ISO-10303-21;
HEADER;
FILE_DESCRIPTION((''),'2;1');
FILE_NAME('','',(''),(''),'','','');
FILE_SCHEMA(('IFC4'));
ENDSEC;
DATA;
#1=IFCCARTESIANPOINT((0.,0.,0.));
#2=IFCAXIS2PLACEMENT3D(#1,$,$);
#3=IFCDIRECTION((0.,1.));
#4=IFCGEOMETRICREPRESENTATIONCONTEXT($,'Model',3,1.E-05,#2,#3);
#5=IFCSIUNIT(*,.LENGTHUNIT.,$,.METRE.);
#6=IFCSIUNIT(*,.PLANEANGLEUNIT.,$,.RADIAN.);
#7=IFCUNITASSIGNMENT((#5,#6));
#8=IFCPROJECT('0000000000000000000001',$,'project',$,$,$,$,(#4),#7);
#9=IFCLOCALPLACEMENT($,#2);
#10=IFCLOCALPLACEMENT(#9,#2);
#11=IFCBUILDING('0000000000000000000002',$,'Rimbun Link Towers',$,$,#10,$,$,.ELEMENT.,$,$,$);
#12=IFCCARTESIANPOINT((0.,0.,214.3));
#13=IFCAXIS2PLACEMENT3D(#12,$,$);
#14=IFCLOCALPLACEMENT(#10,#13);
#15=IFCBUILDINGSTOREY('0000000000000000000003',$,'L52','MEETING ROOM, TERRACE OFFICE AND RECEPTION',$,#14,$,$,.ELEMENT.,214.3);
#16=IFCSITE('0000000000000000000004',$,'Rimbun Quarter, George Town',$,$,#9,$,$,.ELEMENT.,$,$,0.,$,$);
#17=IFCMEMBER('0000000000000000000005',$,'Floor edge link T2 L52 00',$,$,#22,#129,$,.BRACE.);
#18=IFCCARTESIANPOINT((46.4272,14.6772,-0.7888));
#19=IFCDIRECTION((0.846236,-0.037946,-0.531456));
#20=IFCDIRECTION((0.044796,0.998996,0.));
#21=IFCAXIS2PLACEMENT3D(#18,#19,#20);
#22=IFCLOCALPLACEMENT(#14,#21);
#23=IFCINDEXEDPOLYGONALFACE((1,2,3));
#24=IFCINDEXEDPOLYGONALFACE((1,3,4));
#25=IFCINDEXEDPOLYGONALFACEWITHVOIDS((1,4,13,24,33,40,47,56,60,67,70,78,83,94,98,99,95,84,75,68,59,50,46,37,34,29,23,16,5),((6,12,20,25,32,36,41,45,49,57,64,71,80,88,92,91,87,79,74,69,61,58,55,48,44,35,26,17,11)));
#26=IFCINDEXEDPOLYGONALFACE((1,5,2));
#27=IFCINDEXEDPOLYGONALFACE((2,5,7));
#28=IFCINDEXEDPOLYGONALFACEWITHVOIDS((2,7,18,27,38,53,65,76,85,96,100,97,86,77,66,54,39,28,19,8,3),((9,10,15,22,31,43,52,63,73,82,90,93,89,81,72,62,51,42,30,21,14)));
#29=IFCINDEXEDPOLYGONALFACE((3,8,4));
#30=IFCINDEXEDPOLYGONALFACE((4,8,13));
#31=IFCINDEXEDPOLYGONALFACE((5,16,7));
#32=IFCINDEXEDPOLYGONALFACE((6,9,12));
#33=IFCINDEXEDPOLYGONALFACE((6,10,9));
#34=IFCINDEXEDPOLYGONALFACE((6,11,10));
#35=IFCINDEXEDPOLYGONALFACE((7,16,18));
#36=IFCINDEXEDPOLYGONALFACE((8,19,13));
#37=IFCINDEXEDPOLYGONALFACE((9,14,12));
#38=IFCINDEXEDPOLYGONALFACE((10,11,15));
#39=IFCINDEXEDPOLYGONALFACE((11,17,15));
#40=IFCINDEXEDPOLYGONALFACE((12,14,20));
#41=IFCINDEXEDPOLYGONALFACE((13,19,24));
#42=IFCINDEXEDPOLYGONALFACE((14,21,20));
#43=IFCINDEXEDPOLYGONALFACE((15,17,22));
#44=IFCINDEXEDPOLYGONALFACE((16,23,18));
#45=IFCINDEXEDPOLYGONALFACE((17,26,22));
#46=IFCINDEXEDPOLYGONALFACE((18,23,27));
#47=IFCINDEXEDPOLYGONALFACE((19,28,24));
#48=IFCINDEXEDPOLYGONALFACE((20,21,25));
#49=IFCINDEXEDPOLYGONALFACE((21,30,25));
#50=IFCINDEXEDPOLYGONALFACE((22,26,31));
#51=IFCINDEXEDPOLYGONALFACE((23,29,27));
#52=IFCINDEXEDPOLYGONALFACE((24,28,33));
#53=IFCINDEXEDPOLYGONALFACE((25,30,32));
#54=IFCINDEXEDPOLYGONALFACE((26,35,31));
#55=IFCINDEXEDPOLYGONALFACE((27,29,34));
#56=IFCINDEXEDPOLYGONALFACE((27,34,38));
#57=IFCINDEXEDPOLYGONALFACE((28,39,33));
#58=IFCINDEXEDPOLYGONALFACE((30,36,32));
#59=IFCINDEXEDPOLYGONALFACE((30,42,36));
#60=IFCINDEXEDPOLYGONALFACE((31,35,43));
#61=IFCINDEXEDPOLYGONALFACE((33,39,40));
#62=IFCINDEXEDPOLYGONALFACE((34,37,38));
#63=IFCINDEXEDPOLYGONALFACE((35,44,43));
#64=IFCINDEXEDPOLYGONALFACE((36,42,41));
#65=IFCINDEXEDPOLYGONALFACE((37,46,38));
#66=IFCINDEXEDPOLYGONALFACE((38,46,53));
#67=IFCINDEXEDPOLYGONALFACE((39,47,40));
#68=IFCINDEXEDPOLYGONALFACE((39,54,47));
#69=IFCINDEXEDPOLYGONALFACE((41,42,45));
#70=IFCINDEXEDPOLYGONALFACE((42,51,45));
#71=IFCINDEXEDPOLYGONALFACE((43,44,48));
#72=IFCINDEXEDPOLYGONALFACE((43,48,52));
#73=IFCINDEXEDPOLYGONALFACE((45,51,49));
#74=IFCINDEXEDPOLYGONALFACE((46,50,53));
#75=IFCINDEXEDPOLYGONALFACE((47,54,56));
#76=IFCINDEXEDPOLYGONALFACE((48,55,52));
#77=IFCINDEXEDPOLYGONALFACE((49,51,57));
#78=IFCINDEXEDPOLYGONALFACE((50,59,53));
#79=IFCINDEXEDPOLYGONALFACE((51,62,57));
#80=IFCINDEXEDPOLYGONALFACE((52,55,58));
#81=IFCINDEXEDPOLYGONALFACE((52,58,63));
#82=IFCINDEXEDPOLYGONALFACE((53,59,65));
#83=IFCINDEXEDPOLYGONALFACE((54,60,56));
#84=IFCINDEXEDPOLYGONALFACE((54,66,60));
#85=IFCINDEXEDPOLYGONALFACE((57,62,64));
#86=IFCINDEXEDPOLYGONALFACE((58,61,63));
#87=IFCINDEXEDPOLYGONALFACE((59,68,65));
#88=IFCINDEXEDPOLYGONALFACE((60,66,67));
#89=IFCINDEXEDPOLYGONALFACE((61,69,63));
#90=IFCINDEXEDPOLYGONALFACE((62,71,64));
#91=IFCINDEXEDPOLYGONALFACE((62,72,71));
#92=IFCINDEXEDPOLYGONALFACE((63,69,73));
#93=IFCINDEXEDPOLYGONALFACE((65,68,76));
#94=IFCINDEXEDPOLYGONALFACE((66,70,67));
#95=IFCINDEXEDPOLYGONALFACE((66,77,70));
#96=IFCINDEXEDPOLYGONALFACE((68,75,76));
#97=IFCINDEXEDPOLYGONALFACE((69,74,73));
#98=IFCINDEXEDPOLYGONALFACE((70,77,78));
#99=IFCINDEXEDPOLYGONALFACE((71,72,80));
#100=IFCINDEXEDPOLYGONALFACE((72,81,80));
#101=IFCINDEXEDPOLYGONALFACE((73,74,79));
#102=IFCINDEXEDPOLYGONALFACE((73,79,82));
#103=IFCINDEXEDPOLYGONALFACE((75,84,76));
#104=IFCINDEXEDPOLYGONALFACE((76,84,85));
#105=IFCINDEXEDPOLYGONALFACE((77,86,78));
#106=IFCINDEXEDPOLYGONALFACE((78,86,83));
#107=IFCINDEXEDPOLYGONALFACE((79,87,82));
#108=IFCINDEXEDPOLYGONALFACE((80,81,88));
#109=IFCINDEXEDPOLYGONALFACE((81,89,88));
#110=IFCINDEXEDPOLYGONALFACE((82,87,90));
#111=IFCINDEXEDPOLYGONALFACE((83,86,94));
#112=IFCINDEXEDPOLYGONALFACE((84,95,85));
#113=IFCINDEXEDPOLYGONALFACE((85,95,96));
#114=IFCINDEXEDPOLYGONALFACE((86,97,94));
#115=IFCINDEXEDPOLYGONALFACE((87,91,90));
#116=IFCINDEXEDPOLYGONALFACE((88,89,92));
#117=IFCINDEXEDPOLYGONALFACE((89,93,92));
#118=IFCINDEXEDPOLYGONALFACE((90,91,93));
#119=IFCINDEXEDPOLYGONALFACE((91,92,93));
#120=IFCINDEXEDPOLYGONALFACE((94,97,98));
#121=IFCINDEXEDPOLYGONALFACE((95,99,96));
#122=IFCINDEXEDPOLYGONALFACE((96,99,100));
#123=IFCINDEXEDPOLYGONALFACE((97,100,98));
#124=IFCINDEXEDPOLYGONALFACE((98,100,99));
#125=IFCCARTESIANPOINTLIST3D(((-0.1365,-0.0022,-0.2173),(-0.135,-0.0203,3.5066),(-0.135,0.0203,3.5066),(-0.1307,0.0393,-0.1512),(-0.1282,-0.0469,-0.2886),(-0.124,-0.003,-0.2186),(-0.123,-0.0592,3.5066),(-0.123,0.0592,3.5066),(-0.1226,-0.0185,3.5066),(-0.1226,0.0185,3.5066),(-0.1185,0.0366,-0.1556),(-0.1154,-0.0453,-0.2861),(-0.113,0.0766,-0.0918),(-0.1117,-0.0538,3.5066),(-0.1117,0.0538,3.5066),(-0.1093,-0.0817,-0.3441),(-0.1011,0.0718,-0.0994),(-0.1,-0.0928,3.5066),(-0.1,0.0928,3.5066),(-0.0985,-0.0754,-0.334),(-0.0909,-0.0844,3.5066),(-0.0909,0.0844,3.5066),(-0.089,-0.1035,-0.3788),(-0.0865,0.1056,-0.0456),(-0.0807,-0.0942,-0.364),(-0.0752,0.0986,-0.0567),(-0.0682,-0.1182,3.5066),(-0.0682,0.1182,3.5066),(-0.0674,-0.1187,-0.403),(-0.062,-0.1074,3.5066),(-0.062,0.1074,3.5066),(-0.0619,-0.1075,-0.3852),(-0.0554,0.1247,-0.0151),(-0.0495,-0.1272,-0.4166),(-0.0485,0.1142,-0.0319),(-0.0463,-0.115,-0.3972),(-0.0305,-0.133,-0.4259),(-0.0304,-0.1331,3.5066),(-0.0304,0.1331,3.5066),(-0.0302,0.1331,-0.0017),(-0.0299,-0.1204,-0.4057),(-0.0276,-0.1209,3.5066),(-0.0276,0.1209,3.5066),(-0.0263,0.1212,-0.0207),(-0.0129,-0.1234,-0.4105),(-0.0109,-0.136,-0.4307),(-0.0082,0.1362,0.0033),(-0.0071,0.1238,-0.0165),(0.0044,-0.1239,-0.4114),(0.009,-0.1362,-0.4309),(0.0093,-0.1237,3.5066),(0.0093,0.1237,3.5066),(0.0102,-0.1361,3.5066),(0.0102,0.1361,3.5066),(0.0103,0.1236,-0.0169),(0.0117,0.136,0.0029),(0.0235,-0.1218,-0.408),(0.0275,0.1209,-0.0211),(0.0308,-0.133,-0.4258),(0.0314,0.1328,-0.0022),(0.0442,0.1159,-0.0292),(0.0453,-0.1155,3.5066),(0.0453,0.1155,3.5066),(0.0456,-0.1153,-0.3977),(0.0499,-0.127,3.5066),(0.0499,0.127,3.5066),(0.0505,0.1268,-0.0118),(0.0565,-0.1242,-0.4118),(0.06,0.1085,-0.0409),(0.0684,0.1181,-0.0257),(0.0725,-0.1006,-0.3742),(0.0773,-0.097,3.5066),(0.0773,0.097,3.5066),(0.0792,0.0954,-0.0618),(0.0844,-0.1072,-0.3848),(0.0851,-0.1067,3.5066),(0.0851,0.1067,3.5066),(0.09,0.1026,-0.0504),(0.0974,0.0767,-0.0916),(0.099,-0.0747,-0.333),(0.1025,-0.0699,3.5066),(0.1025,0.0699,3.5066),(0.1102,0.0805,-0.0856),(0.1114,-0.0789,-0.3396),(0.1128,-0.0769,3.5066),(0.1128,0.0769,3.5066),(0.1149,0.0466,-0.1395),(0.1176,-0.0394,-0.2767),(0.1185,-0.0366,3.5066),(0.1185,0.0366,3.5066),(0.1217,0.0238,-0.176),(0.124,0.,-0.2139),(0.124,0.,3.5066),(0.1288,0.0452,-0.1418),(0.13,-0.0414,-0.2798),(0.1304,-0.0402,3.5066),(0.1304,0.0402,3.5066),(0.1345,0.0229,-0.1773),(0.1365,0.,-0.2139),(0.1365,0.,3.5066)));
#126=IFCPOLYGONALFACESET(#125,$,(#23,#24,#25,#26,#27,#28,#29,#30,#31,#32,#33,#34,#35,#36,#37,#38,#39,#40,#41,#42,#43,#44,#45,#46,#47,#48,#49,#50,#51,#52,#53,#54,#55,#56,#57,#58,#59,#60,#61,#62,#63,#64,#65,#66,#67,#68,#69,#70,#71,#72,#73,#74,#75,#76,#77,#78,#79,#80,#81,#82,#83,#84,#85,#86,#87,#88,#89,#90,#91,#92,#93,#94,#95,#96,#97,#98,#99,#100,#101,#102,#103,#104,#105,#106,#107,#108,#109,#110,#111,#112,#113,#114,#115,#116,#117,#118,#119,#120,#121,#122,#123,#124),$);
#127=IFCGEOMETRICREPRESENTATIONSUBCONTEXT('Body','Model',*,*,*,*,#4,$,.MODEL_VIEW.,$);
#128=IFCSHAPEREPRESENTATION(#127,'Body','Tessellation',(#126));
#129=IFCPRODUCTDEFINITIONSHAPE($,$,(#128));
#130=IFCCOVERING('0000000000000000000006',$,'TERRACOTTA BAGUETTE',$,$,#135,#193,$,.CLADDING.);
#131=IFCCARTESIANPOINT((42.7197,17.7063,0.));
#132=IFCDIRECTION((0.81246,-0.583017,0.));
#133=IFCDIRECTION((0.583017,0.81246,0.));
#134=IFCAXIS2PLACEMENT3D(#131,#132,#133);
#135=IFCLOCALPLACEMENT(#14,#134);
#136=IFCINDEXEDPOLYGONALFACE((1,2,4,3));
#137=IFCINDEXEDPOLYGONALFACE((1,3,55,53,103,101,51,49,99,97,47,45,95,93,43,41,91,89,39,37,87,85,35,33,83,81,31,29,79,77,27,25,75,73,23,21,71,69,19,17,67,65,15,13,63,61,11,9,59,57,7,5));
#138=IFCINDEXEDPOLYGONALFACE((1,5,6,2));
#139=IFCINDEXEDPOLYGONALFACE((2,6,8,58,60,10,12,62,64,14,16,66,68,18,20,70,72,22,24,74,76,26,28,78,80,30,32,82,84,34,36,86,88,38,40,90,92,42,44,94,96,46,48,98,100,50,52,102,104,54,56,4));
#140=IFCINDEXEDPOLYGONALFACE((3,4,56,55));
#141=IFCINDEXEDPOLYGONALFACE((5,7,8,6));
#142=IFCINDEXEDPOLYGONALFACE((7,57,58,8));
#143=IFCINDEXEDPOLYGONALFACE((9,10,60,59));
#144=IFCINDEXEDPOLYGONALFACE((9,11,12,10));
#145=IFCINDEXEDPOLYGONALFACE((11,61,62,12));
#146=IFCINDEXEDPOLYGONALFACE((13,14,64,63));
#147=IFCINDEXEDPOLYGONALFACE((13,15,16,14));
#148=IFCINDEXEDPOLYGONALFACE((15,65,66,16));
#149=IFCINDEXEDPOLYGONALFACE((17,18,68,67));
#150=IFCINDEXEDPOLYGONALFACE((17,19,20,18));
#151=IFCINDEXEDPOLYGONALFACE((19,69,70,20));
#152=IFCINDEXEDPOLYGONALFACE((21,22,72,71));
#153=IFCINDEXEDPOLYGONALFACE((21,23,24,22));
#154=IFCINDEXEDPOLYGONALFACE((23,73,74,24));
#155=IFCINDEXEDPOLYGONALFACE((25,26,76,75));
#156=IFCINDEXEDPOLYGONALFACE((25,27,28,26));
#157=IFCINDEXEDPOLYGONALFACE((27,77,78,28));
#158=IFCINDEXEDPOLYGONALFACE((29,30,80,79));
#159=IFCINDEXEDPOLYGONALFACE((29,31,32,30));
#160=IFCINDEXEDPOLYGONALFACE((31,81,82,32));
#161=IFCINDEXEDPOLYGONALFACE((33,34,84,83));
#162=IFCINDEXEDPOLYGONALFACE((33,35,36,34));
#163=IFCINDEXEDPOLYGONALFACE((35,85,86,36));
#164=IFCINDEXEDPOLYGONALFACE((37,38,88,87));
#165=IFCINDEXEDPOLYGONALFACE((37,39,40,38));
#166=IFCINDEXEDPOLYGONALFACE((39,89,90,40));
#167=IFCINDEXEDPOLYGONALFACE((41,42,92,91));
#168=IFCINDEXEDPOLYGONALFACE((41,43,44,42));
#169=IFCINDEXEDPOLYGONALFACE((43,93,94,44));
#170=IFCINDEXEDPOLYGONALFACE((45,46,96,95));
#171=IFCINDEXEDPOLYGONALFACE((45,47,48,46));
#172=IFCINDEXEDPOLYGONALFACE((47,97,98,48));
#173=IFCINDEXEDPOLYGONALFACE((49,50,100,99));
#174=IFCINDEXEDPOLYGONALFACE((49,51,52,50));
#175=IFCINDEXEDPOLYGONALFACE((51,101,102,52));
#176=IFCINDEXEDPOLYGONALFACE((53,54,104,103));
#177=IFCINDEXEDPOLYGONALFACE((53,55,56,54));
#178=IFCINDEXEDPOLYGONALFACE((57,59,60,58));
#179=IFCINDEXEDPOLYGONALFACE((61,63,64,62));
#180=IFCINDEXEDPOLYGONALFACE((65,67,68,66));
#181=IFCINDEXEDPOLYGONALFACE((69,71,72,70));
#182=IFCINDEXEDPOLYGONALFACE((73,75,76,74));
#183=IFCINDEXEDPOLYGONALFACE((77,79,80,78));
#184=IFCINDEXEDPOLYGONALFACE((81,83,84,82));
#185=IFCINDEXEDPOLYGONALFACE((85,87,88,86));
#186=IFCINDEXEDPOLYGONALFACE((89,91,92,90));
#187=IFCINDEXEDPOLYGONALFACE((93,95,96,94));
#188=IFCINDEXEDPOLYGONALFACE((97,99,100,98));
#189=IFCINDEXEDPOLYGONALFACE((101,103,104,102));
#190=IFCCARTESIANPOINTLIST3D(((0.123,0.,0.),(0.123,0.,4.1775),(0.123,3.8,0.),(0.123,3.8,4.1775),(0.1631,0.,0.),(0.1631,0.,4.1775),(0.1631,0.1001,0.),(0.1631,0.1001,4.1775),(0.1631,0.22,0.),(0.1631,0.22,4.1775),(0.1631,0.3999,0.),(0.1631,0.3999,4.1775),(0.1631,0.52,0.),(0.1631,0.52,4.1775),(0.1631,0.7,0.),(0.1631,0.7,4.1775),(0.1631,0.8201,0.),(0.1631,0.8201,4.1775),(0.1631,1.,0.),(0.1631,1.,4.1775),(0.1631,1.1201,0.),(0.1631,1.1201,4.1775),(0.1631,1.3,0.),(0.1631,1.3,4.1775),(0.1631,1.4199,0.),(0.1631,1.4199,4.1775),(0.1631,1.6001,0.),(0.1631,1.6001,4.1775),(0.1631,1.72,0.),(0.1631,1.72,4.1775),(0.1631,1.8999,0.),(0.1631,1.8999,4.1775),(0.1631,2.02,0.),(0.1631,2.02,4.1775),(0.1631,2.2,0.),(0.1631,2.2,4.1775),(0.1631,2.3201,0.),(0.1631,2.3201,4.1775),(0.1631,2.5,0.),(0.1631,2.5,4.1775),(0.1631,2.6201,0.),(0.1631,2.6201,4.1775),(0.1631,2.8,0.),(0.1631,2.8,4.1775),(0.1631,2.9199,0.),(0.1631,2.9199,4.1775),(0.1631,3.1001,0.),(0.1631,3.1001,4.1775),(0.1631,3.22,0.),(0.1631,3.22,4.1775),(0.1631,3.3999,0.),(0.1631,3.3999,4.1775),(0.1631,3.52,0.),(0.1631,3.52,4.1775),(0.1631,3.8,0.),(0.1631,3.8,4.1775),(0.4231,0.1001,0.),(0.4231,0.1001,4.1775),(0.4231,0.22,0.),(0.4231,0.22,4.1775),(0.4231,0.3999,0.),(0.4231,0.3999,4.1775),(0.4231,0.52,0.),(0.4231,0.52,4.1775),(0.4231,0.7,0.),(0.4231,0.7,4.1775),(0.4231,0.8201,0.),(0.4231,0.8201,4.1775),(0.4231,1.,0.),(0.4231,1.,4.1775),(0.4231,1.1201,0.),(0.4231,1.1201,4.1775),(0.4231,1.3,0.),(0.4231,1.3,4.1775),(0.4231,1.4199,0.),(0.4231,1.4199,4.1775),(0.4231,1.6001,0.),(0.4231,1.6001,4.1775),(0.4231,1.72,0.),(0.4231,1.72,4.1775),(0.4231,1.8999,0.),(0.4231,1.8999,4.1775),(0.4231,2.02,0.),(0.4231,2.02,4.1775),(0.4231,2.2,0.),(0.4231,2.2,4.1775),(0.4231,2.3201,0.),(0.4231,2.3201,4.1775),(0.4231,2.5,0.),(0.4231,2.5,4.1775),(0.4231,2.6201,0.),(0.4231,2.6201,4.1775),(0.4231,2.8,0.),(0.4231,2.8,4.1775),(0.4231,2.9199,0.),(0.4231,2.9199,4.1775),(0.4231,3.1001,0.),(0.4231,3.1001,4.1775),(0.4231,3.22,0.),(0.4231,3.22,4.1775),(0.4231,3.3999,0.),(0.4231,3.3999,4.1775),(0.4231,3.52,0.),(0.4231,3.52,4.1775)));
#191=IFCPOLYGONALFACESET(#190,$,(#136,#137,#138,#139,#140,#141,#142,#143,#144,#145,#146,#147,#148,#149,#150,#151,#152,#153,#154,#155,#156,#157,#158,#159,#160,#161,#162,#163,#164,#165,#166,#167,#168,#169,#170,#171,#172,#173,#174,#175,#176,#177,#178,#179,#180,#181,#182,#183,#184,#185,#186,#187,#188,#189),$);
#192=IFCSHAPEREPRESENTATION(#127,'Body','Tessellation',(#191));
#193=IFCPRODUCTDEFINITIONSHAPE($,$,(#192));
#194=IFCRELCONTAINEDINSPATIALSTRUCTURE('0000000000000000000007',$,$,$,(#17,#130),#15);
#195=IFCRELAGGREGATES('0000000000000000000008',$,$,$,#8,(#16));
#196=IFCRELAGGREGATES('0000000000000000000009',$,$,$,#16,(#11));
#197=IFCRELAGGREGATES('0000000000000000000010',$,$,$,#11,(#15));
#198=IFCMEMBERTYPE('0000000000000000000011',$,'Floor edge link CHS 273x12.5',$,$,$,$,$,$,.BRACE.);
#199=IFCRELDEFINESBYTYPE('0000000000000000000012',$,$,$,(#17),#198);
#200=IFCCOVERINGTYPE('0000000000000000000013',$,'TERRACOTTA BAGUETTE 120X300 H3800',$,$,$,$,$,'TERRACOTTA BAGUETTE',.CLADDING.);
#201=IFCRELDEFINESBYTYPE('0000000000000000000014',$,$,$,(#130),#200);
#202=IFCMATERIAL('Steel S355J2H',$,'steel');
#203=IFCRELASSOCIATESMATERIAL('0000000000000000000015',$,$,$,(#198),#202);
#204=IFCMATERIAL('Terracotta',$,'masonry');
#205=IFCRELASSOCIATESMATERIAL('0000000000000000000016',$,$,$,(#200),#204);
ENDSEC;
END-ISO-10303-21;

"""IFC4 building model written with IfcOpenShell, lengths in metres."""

from ifc_helpers import new_model, si_unit, direction, frame, origin, origin_2d, place, context, subcontext, project, spatial, polyline, hollow_circle, outline, extrude, clip, halfspace, material, material_profile, profile_set, type_object, element, save


model = new_model("IFC4")

# Units and contexts
model_context = context("Model", 3, precision=1e-05, world=origin(), true_north=direction((0.0, 1.0)))
body_context = subcontext(model_context, "Body", "Model", "MODEL_VIEW")
ifc_project = project(units=[si_unit("LENGTHUNIT", "METRE"), si_unit("PLANEANGLEUNIT", "RADIAN")], contexts=[model_context])

# Site, building, storey
site_placement = place(None, origin())
site = spatial("IfcSite", under=ifc_project, at=site_placement, Name="Rimbun Quarter, George Town", CompositionType="ELEMENT", RefElevation=0.0)
building_placement = place(site_placement, origin())
building = spatial("IfcBuilding", under=site, at=building_placement, Name="Rimbun Link Towers", CompositionType="ELEMENT")
storey_placement = place(building_placement, frame((0.0, 0.0, 214.3)))
storey = spatial("IfcBuildingStorey", under=building, at=storey_placement, Name="L52", Description="MEETING ROOM, TERRACE OFFICE AND RECEPTION", CompositionType="ELEMENT", Elevation=214.3)

# Member
ifc_material_1 = material(Name="Steel S355J2H", Category="steel")
ifc_material_profile_1 = material_profile(ifc_material_1, hollow_circle(Radius=0.1365, WallThickness=0.0125, at=origin_2d()), Name="CHS 273x12.5")
ifc_profile_set_1 = profile_set([ifc_material_profile_1], Name="Steel S355J2H")
member_type_1 = type_object("IfcMemberType", Name="Floor edge link CHS 273x12.5", PredefinedType="BRACE", material=ifc_profile_set_1)
member_1_placement = place(storey_placement, frame((46.4272, 14.6772, -0.7888), z_axis=(0.846236, -0.037946, -0.531456), x_axis=(0.044796, 0.998996, 0.0)))
element("IfcMember", 1, at=member_1_placement, inside=storey, type_object=member_type_1, Name="Floor edge link T2 L52 00", PredefinedType="BRACE", context=body_context, shape_type="Clipping", body=[
    clip(extrude(hollow_circle(Radius=0.1365, WallThickness=0.0125, at=origin_2d()), frame((0.0, 0.0, -0.4539)), (0.0, 0.0, 1.0), 3.9604), halfspace(frame((0.0, 0.0, -0.2139), z_axis=(0.0, 0.847086, -0.531456)), False)),
])

# Covering
ifc_material_2 = material(Name="Terracotta", Category="masonry")
ifc_material_profile_2 = material_profile(ifc_material_2, outline(polyline([(0.123, 0.0), (0.1631, 0.0), (0.1631, 0.1001), (0.4231, 0.1001), (0.4231, 0.22), (0.1631, 0.22), (0.1631, 0.3999), (0.4231, 0.3999), (0.4231, 0.52), (0.1631, 0.52), (0.1631, 0.7), (0.4231, 0.7), (0.4231, 0.8201), (0.1631, 0.8201), (0.1631, 1.0), (0.4231, 1.0), (0.4231, 1.1201), (0.1631, 1.1201), (0.1631, 1.3), (0.4231, 1.3), (0.4231, 1.4199), (0.1631, 1.4199), (0.1631, 1.6001), (0.4231, 1.6001), (0.4231, 1.72), (0.1631, 1.72), (0.1631, 1.8999), (0.4231, 1.8999), (0.4231, 2.02), (0.1631, 2.02), (0.1631, 2.2), (0.4231, 2.2), (0.4231, 2.3201), (0.1631, 2.3201), (0.1631, 2.5), (0.4231, 2.5), (0.4231, 2.6201), (0.1631, 2.6201), (0.1631, 2.8), (0.4231, 2.8), (0.4231, 2.9199), (0.1631, 2.9199), (0.1631, 3.1001), (0.4231, 3.1001), (0.4231, 3.22), (0.1631, 3.22), (0.1631, 3.3999), (0.4231, 3.3999), (0.4231, 3.52), (0.1631, 3.52), (0.1631, 3.8), (0.123, 3.8), (0.123, 0.0)])), Name="BAGUETTE 120X300")
ifc_profile_set_2 = profile_set([ifc_material_profile_2], Name="Terracotta")
covering_type = type_object("IfcCoveringType", Name="TERRACOTTA BAGUETTE 120X300 H3800", ElementType="TERRACOTTA BAGUETTE", PredefinedType="CLADDING", material=ifc_profile_set_2)
covering_1_placement = place(storey_placement, frame((42.7197, 17.7063, 0.0), z_axis=(0.81246, -0.583017, 0.0), x_axis=(0.583017, 0.81246, 0.0)))
element("IfcCovering", 2, at=covering_1_placement, inside=storey, type_object=covering_type, Name="TERRACOTTA BAGUETTE", PredefinedType="CLADDING", context=body_context, shape_type="SweptSolid", body=[
    extrude(outline(polyline([(0.123, 0.0), (0.1631, 0.0), (0.1631, 0.1001), (0.4231, 0.1001), (0.4231, 0.22), (0.1631, 0.22), (0.1631, 0.3999), (0.4231, 0.3999), (0.4231, 0.52), (0.1631, 0.52), (0.1631, 0.7), (0.4231, 0.7), (0.4231, 0.8201), (0.1631, 0.8201), (0.1631, 1.0), (0.4231, 1.0), (0.4231, 1.1201), (0.1631, 1.1201), (0.1631, 1.3), (0.4231, 1.3), (0.4231, 1.4199), (0.1631, 1.4199), (0.1631, 1.6001), (0.4231, 1.6001), (0.4231, 1.72), (0.1631, 1.72), (0.1631, 1.8999), (0.4231, 1.8999), (0.4231, 2.02), (0.1631, 2.02), (0.1631, 2.2), (0.4231, 2.2), (0.4231, 2.3201), (0.1631, 2.3201), (0.1631, 2.5), (0.4231, 2.5), (0.4231, 2.6201), (0.1631, 2.6201), (0.1631, 2.8), (0.4231, 2.8), (0.4231, 2.9199), (0.1631, 2.9199), (0.1631, 3.1001), (0.4231, 3.1001), (0.4231, 3.22), (0.1631, 3.22), (0.1631, 3.3999), (0.4231, 3.3999), (0.4231, 3.52), (0.1631, 3.52), (0.1631, 3.8), (0.123, 3.8), (0.123, 0.0)])), origin(), (0.0, 0.0, 1.0), 4.1775),
])

save(model, "model.ifc")
